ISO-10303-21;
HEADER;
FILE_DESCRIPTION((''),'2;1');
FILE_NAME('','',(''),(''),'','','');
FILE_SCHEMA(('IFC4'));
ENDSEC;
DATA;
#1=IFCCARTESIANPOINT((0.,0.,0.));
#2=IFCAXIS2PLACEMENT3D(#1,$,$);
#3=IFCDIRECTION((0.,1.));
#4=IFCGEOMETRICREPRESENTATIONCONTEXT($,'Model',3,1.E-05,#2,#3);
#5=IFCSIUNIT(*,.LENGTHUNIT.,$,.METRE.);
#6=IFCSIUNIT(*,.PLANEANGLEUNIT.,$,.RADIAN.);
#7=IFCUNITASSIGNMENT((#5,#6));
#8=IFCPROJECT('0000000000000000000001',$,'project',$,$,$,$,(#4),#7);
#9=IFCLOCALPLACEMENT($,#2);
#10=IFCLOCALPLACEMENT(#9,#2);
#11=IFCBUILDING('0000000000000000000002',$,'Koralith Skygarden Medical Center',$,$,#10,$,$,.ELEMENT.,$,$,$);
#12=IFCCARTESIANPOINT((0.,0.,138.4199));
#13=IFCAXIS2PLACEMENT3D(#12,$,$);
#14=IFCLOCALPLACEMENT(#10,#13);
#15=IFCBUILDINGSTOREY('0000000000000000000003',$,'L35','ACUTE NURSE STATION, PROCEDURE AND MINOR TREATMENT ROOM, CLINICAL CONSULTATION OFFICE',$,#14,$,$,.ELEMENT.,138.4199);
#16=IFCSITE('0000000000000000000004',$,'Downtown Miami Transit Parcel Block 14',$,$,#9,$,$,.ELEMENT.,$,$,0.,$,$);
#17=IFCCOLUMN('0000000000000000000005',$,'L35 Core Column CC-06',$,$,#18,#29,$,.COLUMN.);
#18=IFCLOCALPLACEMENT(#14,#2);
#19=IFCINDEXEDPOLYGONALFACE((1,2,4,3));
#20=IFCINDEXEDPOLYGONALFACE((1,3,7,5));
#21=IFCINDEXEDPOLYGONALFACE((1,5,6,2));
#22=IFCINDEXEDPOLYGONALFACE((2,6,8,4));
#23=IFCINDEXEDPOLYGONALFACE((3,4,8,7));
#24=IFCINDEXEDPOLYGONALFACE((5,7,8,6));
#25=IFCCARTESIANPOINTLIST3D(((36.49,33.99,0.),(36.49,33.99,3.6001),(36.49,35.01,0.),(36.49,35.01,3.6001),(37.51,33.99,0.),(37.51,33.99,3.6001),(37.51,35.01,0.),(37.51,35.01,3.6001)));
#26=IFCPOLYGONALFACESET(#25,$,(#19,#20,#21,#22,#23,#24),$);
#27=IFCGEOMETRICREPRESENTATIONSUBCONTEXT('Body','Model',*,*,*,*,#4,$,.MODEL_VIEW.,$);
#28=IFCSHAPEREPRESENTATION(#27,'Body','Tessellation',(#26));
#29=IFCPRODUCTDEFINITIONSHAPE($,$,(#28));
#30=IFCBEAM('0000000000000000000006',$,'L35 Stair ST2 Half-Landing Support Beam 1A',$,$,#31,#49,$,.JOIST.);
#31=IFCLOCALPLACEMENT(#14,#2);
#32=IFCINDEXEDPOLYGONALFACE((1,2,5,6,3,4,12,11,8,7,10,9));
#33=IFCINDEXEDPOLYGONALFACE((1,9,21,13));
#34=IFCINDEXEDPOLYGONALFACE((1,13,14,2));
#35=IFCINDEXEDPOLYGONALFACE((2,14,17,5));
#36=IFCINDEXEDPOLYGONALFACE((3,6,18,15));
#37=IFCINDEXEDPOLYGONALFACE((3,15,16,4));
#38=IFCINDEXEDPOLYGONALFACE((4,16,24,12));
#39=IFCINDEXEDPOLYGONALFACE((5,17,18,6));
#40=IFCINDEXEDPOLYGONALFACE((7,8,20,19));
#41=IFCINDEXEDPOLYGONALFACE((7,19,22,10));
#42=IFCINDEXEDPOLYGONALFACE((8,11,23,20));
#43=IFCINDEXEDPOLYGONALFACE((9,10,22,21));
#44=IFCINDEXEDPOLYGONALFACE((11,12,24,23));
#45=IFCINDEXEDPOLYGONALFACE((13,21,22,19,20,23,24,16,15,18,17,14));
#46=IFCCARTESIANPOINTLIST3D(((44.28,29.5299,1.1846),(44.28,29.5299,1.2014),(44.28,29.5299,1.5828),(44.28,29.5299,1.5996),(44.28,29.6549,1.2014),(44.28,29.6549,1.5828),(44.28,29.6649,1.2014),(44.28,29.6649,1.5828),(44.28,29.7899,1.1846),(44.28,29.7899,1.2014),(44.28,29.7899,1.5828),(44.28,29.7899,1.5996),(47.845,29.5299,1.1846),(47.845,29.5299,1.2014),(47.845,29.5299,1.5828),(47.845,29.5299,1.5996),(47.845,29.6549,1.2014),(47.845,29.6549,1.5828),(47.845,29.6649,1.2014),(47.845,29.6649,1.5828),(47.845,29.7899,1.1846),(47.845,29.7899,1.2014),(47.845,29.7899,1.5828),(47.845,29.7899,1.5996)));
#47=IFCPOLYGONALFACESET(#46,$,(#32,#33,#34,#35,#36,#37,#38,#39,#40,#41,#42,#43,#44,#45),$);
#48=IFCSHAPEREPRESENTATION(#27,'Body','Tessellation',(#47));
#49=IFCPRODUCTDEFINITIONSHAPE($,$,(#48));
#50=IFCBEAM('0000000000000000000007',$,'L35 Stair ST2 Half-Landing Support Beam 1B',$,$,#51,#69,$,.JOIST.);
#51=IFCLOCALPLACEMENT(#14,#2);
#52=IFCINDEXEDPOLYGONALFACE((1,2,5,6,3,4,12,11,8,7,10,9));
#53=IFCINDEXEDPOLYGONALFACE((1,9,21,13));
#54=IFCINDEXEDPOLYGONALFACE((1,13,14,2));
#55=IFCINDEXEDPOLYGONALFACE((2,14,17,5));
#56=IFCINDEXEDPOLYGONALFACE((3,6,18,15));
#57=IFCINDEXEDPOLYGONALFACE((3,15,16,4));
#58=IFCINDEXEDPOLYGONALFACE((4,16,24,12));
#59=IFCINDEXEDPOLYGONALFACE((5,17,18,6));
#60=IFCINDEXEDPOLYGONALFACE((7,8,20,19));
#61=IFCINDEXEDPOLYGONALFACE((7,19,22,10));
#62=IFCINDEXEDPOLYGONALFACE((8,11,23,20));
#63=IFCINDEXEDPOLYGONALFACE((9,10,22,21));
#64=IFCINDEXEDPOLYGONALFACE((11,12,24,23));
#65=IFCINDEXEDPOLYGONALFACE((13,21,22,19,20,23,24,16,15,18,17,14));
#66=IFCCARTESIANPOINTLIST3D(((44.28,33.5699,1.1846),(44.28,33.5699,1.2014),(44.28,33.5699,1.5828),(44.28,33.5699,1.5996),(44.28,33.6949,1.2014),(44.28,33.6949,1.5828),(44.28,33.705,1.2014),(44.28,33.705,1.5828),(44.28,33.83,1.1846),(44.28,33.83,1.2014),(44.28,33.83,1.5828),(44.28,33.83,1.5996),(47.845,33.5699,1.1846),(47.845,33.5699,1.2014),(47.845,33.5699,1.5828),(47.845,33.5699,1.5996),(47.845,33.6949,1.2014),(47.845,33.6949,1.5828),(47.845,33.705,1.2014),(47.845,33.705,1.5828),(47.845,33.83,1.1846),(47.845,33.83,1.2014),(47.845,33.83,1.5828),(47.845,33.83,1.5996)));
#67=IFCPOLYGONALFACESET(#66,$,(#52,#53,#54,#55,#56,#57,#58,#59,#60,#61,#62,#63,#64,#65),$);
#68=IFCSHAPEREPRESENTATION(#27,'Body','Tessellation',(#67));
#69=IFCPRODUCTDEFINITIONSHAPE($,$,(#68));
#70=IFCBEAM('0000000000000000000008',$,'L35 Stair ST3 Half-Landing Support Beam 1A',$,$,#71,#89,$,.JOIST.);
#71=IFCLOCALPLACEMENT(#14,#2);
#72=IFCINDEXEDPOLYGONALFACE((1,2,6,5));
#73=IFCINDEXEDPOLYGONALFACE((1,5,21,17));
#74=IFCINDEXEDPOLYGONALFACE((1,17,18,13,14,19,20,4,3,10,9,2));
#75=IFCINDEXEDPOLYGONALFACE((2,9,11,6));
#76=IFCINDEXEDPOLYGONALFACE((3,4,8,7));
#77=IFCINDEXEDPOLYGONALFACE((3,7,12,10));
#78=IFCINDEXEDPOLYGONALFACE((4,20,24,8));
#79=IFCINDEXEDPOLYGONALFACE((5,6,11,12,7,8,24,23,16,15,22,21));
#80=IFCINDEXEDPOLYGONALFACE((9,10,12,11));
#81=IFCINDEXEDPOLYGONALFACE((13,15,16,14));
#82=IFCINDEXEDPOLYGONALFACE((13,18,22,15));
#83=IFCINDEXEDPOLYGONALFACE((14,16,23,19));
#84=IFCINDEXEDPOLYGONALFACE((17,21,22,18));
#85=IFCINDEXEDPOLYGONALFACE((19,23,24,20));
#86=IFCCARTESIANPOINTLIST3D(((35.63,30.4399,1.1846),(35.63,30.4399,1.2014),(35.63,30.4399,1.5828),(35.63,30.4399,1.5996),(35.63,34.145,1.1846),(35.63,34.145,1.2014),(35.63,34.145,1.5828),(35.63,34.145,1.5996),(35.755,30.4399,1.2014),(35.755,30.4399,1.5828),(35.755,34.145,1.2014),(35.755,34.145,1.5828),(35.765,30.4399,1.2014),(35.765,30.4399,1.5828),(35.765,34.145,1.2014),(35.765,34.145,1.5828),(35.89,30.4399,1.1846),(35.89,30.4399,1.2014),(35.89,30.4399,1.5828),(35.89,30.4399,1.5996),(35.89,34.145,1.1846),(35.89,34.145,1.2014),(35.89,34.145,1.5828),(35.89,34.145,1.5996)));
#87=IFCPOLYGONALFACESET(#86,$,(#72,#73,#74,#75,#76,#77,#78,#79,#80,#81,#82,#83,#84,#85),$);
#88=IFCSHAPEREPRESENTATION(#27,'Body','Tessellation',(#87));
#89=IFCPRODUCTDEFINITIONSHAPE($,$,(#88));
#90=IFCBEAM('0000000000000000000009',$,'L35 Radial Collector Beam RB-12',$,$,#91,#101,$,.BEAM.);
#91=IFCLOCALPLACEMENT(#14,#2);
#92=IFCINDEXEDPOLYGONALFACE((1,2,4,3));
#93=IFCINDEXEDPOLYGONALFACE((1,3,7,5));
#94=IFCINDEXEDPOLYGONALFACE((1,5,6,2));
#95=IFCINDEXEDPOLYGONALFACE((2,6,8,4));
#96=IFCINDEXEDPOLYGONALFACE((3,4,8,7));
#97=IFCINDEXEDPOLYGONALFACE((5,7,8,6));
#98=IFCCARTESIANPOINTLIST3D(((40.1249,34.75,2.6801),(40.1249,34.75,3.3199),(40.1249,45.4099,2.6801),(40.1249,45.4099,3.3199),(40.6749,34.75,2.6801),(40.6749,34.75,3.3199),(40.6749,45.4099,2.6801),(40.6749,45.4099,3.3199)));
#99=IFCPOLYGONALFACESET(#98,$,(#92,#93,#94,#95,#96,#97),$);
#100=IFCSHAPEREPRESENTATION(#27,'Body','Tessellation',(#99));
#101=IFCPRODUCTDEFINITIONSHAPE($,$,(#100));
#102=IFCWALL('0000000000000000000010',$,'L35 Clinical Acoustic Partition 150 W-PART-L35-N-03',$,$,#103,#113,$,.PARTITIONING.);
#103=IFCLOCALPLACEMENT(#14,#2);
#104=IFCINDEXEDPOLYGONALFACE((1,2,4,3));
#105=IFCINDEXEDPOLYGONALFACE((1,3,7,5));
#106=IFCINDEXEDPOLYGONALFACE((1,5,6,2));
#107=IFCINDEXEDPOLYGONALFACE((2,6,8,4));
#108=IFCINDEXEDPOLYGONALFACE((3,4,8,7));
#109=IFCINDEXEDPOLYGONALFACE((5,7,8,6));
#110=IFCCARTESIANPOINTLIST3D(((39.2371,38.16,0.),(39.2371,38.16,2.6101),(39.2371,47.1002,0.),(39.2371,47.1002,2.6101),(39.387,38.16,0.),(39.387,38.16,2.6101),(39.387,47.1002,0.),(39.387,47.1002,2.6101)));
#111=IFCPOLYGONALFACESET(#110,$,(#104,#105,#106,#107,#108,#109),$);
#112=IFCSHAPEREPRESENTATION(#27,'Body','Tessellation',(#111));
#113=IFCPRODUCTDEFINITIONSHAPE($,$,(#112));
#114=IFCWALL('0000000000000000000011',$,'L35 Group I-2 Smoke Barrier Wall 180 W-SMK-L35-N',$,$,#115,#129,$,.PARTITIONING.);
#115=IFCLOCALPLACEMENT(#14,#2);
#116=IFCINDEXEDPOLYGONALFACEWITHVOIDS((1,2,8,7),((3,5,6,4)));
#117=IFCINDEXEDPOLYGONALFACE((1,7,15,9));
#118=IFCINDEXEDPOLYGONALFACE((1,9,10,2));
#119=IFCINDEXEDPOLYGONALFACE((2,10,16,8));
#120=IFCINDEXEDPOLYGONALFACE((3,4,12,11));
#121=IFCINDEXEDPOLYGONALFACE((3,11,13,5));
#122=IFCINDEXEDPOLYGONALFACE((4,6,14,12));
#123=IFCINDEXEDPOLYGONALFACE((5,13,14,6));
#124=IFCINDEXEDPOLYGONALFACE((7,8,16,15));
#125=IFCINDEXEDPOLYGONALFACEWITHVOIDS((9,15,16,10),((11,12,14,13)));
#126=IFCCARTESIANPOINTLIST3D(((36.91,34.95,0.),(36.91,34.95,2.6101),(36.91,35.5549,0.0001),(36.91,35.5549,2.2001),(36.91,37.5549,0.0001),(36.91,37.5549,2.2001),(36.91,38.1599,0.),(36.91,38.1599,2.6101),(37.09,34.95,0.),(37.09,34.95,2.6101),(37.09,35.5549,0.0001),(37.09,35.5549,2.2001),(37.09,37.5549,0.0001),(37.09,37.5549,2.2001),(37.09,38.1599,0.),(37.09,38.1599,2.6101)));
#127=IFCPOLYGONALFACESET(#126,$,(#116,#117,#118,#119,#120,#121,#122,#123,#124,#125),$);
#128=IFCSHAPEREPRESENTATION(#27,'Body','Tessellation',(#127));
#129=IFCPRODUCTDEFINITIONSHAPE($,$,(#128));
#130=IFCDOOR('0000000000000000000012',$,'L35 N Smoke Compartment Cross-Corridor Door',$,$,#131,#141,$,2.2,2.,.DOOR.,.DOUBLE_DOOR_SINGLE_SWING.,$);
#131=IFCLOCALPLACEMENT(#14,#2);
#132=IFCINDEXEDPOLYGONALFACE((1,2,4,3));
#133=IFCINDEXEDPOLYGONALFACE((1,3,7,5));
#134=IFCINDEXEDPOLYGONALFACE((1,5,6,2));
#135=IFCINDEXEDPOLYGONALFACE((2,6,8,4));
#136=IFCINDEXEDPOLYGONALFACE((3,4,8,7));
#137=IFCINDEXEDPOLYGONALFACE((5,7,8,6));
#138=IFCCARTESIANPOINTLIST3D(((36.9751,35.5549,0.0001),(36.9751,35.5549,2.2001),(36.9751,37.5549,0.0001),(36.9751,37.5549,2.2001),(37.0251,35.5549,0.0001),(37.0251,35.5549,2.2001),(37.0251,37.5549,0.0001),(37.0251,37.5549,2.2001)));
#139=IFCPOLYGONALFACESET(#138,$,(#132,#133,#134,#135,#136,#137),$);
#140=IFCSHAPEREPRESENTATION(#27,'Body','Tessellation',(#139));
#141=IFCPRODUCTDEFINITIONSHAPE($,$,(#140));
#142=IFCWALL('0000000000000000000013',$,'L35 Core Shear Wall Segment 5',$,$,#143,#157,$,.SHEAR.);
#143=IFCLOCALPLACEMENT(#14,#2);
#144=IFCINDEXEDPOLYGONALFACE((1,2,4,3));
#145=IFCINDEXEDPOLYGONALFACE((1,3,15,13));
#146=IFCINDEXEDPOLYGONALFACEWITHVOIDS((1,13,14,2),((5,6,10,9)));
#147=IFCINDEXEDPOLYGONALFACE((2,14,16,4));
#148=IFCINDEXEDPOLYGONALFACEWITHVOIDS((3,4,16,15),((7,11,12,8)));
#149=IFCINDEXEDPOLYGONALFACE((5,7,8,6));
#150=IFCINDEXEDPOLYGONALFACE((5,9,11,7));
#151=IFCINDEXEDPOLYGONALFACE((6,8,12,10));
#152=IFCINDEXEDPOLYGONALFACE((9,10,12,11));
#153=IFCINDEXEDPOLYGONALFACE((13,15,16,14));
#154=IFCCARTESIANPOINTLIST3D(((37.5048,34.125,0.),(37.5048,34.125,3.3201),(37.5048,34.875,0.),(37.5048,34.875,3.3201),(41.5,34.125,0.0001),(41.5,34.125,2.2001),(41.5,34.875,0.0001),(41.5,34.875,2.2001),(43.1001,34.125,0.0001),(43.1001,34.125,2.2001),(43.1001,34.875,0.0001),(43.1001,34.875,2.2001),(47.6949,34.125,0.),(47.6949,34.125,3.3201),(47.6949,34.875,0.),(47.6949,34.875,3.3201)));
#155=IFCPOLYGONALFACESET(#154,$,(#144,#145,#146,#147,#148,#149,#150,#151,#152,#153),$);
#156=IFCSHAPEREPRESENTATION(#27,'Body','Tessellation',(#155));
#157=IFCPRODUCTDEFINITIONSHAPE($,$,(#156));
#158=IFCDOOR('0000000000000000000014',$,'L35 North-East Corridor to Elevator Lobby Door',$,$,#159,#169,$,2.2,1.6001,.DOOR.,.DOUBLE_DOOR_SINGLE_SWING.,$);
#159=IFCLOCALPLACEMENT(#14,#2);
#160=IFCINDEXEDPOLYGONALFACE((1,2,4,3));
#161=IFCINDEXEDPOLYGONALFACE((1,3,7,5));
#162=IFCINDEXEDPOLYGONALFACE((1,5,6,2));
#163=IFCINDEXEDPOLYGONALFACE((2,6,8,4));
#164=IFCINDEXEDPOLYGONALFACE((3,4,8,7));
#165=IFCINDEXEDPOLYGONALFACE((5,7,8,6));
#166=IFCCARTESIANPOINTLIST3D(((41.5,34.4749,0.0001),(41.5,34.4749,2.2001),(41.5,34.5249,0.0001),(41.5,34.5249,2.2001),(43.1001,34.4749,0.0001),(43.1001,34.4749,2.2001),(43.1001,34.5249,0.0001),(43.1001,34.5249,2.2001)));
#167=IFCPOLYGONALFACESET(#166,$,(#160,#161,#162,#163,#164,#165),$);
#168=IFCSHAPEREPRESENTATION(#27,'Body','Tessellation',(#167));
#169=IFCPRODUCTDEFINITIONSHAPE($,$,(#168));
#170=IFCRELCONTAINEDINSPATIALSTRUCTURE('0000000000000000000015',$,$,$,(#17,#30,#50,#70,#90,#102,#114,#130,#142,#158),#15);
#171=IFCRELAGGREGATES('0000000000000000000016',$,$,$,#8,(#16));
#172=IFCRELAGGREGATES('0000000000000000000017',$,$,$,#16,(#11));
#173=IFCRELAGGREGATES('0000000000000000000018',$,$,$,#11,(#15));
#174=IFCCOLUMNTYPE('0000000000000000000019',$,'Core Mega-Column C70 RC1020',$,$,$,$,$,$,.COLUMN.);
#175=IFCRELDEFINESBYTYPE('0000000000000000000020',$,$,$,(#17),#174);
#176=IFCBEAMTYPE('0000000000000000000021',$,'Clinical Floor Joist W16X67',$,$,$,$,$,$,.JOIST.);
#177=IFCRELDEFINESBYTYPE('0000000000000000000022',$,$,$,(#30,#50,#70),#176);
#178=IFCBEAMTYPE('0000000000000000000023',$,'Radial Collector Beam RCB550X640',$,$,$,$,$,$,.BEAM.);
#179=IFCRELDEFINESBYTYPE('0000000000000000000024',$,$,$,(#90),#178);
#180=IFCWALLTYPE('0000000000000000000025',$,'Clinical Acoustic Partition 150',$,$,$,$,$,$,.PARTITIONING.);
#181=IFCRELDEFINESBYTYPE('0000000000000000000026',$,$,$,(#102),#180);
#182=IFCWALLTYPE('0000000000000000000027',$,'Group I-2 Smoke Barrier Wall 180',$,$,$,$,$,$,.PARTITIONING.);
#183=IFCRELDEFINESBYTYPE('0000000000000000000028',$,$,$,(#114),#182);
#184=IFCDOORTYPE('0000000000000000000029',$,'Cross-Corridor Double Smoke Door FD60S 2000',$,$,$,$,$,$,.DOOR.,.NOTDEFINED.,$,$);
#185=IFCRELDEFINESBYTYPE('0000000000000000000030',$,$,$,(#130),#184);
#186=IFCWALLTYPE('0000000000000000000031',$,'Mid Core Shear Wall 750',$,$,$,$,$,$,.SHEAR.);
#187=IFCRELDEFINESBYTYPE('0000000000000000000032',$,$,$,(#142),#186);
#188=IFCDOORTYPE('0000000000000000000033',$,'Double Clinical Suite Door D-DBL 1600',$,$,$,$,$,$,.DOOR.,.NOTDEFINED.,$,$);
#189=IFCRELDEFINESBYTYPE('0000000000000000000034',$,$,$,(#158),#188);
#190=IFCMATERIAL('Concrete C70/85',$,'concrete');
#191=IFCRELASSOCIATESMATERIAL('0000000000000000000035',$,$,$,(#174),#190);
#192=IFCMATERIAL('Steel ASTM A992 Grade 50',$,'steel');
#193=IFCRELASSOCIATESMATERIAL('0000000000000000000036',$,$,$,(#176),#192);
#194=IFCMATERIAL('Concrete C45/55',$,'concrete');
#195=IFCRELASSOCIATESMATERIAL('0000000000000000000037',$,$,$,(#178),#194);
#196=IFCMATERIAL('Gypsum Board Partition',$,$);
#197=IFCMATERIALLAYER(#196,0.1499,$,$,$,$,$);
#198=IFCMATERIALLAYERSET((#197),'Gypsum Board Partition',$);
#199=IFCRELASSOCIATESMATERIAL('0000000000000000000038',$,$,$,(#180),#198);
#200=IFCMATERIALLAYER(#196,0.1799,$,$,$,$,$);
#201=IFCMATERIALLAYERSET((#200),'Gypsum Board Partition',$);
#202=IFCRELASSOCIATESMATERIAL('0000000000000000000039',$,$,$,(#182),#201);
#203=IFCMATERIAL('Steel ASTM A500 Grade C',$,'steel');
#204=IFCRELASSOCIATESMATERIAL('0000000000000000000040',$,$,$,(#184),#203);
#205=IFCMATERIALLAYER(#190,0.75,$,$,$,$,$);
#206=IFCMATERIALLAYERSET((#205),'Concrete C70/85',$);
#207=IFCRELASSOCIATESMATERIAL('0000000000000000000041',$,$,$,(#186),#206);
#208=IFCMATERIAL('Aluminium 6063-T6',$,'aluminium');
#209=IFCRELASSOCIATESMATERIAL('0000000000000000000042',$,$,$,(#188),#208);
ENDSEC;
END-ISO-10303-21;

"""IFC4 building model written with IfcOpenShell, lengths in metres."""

from ifc_helpers import new_model, si_unit, direction, frame, frame_2d, origin, origin_2d, place, context, subcontext, project, spatial, rectangle, i_section, extrude, material, layer, layer_set, material_profile, profile_set, type_object, element, fill, save


model = new_model("IFC4")

# Units and contexts
model_context = context("Model", 3, precision=1e-05, world=origin(), true_north=direction((0.0, 1.0)))
body_context = subcontext(model_context, "Body", "Model", "MODEL_VIEW")
ifc_project = project(units=[si_unit("LENGTHUNIT", "METRE"), si_unit("PLANEANGLEUNIT", "RADIAN")], contexts=[model_context])

# Site, building, storey
site_placement = place(None, origin())
site = spatial("IfcSite", under=ifc_project, at=site_placement, Name="Downtown Miami Transit Parcel Block 14", CompositionType="ELEMENT", RefElevation=0.0)
building_placement = place(site_placement, origin())
building = spatial("IfcBuilding", under=site, at=building_placement, Name="Koralith Skygarden Medical Center", CompositionType="ELEMENT")
storey_placement = place(building_placement, frame((0.0, 0.0, 138.4199)))
storey = spatial("IfcBuildingStorey", under=building, at=storey_placement, Name="L35", Description="ACUTE NURSE STATION, PROCEDURE AND MINOR TREATMENT ROOM, CLINICAL CONSULTATION OFFICE", CompositionType="ELEMENT", Elevation=138.4199)

# Column
ifc_material_1 = material(Name="Concrete C70/85", Category="concrete")
ifc_material_profile_1 = material_profile(ifc_material_1, rectangle(XDim=1.02, YDim=1.02, at=origin_2d()), Name="RC1020X1020")
ifc_profile_set_1 = profile_set([ifc_material_profile_1], Name="Concrete C70/85")
column_type = type_object("IfcColumnType", Name="Core Mega-Column C70 RC1020", PredefinedType="COLUMN", material=ifc_profile_set_1)
column_placement = place(storey_placement, frame((37.0, 34.5, 0.0), z_axis=(0.0, 0.0, 1.0), x_axis=(1.0, 0.0, 0.0)))
element("IfcColumn", 1, at=column_placement, inside=storey, type_object=column_type, Name="L35 Core Column CC-06", PredefinedType="COLUMN", context=body_context, shape_type="SweptSolid", body=[
    extrude(rectangle(XDim=1.02, YDim=1.02, at=origin_2d()), origin(), (0.0, 0.0, 1.0), 3.6001),
])

# Beams
ifc_material_2 = material(Name="Steel ASTM A992 Grade 50", Category="steel")
ifc_material_profile_2 = material_profile(ifc_material_2, i_section(OverallWidth=0.26, OverallDepth=0.415, WebThickness=0.01, FlangeThickness=0.0168, at=origin_2d()), Name="W16X67")
ifc_profile_set_2 = profile_set([ifc_material_profile_2], Name="Steel ASTM A992 Grade 50")
beam_type_1 = type_object("IfcBeamType", Name="Clinical Floor Joist W16X67", PredefinedType="JOIST", material=ifc_profile_set_2)
for number, where, z_axis, x_axis, name in (
    (2, (44.28, 29.6599, 1.3921), (1.0, 0.0, 0.0), (0.0, 1.0, 0.0), "L35 Stair ST2 Half-Landing Support Beam 1A"),
    (3, (44.28, 33.7, 1.3921), (1.0, 0.0, 0.0), (0.0, 1.0, 0.0), "L35 Stair ST2 Half-Landing Support Beam 1B"),
):
    element("IfcBeam", number, at=place(storey_placement, frame(where, z_axis=z_axis, x_axis=x_axis)), inside=storey, type_object=beam_type_1, Name=name, PredefinedType="JOIST", context=body_context, shape_type="SweptSolid", body=[
        extrude(i_section(OverallWidth=0.26, OverallDepth=0.415, WebThickness=0.01, FlangeThickness=0.0168, at=origin_2d()), origin(), (0.0, 0.0, 1.0), 3.5649),
    ])
beam_1_placement = place(storey_placement, frame((35.76, 30.4399, 1.3921), z_axis=(0.0, 1.0, 0.0), x_axis=(-1.0, 0.0, 0.0)))
element("IfcBeam", 4, at=beam_1_placement, inside=storey, type_object=beam_type_1, Name="L35 Stair ST3 Half-Landing Support Beam 1A", PredefinedType="JOIST", context=body_context, shape_type="SweptSolid", body=[
    extrude(i_section(OverallWidth=0.26, OverallDepth=0.415, WebThickness=0.01, FlangeThickness=0.0168, at=origin_2d()), origin(), (0.0, 0.0, 1.0), 3.7051),
])
ifc_material_3 = material(Name="Concrete C45/55", Category="concrete")
ifc_material_profile_3 = material_profile(ifc_material_3, rectangle(XDim=0.55, YDim=0.6399, at=origin_2d()), Name="RCB550X640")
ifc_profile_set_3 = profile_set([ifc_material_profile_3], Name="Concrete C45/55")
beam_type_2 = type_object("IfcBeamType", Name="Radial Collector Beam RCB550X640", PredefinedType="BEAM", material=ifc_profile_set_3)
beam_2_placement = place(storey_placement, frame((40.3999, 34.75, 3.0), z_axis=(0.0, 1.0, 0.0), x_axis=(-1.0, 0.0, 0.0)))
element("IfcBeam", 5, at=beam_2_placement, inside=storey, type_object=beam_type_2, Name="L35 Radial Collector Beam RB-12", PredefinedType="BEAM", context=body_context, shape_type="SweptSolid", body=[
    extrude(rectangle(XDim=0.55, YDim=0.6399, at=origin_2d()), origin(), (0.0, 0.0, 1.0), 10.6599),
])

# Wall
ifc_material_4 = material(Name="Gypsum Board Partition")
ifc_layer_1 = layer(ifc_material_4, 0.1499)
ifc_layer_set_1 = layer_set([ifc_layer_1], Name="Gypsum Board Partition")
wall_type_1 = type_object("IfcWallType", Name="Clinical Acoustic Partition 150", PredefinedType="PARTITIONING", material=ifc_layer_set_1)
wall_1_placement = place(storey_placement, frame((39.312, 38.1599, 0.0), z_axis=(0.0, 0.0, 1.0), x_axis=(0.0, 1.0, 0.0)))
element("IfcWall", 6, at=wall_1_placement, inside=storey, type_object=wall_type_1, Name="L35 Clinical Acoustic Partition 150 W-PART-L35-N-03", PredefinedType="PARTITIONING", context=body_context, shape_type="SweptSolid", body=[
    extrude(rectangle(XDim=8.9402, YDim=0.1499, at=frame_2d((4.4702, 0.0))), origin(), (0.0, 0.0, 1.0), 2.6101),
])

# Walls, openings, doors
ifc_layer_2 = layer(ifc_material_4, 0.1799)
ifc_layer_set_2 = layer_set([ifc_layer_2], Name="Gypsum Board Partition")
wall_type_2 = type_object("IfcWallType", Name="Group I-2 Smoke Barrier Wall 180", PredefinedType="PARTITIONING", material=ifc_layer_set_2)
wall_2_placement = place(storey_placement, frame((37.0, 34.95, 0.0), z_axis=(0.0, 0.0, 1.0), x_axis=(0.0, 1.0, 0.0)))
wall_2 = element("IfcWall", 7, at=wall_2_placement, inside=storey, type_object=wall_type_2, Name="L35 Group I-2 Smoke Barrier Wall 180 W-SMK-L35-N", PredefinedType="PARTITIONING", context=body_context, shape_type="SweptSolid", body=[
    extrude(rectangle(XDim=3.21, YDim=0.1799, at=frame_2d((1.605, 0.0))), origin(), (0.0, 0.0, 1.0), 2.6101),
])
opening_1_placement = place(wall_2_placement, frame((0.605, 0.0, 0.0)))
opening_1 = element("IfcOpeningElement", 8, at=opening_1_placement, cuts=wall_2, PredefinedType="OPENING", context=body_context, shape_type="SweptSolid", body=[
    extrude(rectangle(XDim=2.0, YDim=2.2, at=frame_2d((1.0, 1.1001))), frame((0.0, 0.0999, 0.0), z_axis=(0.0, -1.0, 0.0), x_axis=(1.0, 0.0, 0.0)), (0.0, 0.0, 1.0), 0.2),
])
ifc_material_5 = material(Name="Steel ASTM A500 Grade C", Category="steel")
door_type_1 = type_object("IfcDoorType", Name="Cross-Corridor Double Smoke Door FD60S 2000", OperationType="NOTDEFINED", PredefinedType="DOOR", material=ifc_material_5)
door_1_placement = place(opening_1_placement, origin())
door_1 = element("IfcDoor", 9, at=door_1_placement, inside=storey, type_object=door_type_1, Name="L35 N Smoke Compartment Cross-Corridor Door", OperationType="DOUBLE_DOOR_SINGLE_SWING", OverallHeight=2.2, OverallWidth=2.0, PredefinedType="DOOR", context=body_context, shape_type="SweptSolid", body=[
    extrude(rectangle(XDim=2.0, YDim=2.2, at=frame_2d((1.0, 1.1001))), frame((0.0, 0.0249, 0.0), z_axis=(0.0, -1.0, 0.0), x_axis=(1.0, 0.0, 0.0)), (0.0, 0.0, 1.0), 0.05),
])
fill(opening_1, door_1)
ifc_layer_3 = layer(ifc_material_1, 0.75)
ifc_layer_set_3 = layer_set([ifc_layer_3], Name="Concrete C70/85")
wall_type_3 = type_object("IfcWallType", Name="Mid Core Shear Wall 750", PredefinedType="SHEAR", material=ifc_layer_set_3)
wall_3_placement = place(storey_placement, frame((47.6951, 34.5, 0.0), z_axis=(0.0, 0.0, 1.0), x_axis=(-1.0, 0.0, 0.0)))
wall_3 = element("IfcWall", 10, at=wall_3_placement, inside=storey, type_object=wall_type_3, Name="L35 Core Shear Wall Segment 5", PredefinedType="SHEAR", context=body_context, shape_type="SweptSolid", body=[
    extrude(rectangle(XDim=10.1902, YDim=0.75, at=frame_2d((5.0952, 0.0))), origin(), (0.0, 0.0, 1.0), 3.3201),
])
opening_2_placement = place(wall_3_placement, frame((4.595, 0.0, 0.0)))
opening_2 = element("IfcOpeningElement", 11, at=opening_2_placement, cuts=wall_3, PredefinedType="OPENING", context=body_context, shape_type="SweptSolid", body=[
    extrude(rectangle(XDim=1.6001, YDim=2.2, at=frame_2d((0.8, 1.1001))), frame((0.0, 0.385, 0.0), z_axis=(0.0, -1.0, 0.0), x_axis=(1.0, 0.0, 0.0)), (0.0, 0.0, 1.0), 0.77),
])
ifc_material_6 = material(Name="Aluminium 6063-T6", Category="aluminium")
door_type_2 = type_object("IfcDoorType", Name="Double Clinical Suite Door D-DBL 1600", OperationType="NOTDEFINED", PredefinedType="DOOR", material=ifc_material_6)
door_2_placement = place(opening_2_placement, frame((1.6001, 0.0, 0.0), z_axis=(0.0, 0.0, 1.0), x_axis=(-1.0, 0.0, 0.0)))
door_2 = element("IfcDoor", 12, at=door_2_placement, inside=storey, type_object=door_type_2, Name="L35 North-East Corridor to Elevator Lobby Door", OperationType="DOUBLE_DOOR_SINGLE_SWING", OverallHeight=2.2, OverallWidth=1.6001, PredefinedType="DOOR", context=body_context, shape_type="SweptSolid", body=[
    extrude(rectangle(XDim=1.6001, YDim=2.2, at=frame_2d((0.8, 1.1001))), frame((0.0, 0.0249, 0.0), z_axis=(0.0, -1.0, 0.0), x_axis=(1.0, 0.0, 0.0)), (0.0, 0.0, 1.0), 0.05),
])
fill(opening_2, door_2)

save(model, "model.ifc")
